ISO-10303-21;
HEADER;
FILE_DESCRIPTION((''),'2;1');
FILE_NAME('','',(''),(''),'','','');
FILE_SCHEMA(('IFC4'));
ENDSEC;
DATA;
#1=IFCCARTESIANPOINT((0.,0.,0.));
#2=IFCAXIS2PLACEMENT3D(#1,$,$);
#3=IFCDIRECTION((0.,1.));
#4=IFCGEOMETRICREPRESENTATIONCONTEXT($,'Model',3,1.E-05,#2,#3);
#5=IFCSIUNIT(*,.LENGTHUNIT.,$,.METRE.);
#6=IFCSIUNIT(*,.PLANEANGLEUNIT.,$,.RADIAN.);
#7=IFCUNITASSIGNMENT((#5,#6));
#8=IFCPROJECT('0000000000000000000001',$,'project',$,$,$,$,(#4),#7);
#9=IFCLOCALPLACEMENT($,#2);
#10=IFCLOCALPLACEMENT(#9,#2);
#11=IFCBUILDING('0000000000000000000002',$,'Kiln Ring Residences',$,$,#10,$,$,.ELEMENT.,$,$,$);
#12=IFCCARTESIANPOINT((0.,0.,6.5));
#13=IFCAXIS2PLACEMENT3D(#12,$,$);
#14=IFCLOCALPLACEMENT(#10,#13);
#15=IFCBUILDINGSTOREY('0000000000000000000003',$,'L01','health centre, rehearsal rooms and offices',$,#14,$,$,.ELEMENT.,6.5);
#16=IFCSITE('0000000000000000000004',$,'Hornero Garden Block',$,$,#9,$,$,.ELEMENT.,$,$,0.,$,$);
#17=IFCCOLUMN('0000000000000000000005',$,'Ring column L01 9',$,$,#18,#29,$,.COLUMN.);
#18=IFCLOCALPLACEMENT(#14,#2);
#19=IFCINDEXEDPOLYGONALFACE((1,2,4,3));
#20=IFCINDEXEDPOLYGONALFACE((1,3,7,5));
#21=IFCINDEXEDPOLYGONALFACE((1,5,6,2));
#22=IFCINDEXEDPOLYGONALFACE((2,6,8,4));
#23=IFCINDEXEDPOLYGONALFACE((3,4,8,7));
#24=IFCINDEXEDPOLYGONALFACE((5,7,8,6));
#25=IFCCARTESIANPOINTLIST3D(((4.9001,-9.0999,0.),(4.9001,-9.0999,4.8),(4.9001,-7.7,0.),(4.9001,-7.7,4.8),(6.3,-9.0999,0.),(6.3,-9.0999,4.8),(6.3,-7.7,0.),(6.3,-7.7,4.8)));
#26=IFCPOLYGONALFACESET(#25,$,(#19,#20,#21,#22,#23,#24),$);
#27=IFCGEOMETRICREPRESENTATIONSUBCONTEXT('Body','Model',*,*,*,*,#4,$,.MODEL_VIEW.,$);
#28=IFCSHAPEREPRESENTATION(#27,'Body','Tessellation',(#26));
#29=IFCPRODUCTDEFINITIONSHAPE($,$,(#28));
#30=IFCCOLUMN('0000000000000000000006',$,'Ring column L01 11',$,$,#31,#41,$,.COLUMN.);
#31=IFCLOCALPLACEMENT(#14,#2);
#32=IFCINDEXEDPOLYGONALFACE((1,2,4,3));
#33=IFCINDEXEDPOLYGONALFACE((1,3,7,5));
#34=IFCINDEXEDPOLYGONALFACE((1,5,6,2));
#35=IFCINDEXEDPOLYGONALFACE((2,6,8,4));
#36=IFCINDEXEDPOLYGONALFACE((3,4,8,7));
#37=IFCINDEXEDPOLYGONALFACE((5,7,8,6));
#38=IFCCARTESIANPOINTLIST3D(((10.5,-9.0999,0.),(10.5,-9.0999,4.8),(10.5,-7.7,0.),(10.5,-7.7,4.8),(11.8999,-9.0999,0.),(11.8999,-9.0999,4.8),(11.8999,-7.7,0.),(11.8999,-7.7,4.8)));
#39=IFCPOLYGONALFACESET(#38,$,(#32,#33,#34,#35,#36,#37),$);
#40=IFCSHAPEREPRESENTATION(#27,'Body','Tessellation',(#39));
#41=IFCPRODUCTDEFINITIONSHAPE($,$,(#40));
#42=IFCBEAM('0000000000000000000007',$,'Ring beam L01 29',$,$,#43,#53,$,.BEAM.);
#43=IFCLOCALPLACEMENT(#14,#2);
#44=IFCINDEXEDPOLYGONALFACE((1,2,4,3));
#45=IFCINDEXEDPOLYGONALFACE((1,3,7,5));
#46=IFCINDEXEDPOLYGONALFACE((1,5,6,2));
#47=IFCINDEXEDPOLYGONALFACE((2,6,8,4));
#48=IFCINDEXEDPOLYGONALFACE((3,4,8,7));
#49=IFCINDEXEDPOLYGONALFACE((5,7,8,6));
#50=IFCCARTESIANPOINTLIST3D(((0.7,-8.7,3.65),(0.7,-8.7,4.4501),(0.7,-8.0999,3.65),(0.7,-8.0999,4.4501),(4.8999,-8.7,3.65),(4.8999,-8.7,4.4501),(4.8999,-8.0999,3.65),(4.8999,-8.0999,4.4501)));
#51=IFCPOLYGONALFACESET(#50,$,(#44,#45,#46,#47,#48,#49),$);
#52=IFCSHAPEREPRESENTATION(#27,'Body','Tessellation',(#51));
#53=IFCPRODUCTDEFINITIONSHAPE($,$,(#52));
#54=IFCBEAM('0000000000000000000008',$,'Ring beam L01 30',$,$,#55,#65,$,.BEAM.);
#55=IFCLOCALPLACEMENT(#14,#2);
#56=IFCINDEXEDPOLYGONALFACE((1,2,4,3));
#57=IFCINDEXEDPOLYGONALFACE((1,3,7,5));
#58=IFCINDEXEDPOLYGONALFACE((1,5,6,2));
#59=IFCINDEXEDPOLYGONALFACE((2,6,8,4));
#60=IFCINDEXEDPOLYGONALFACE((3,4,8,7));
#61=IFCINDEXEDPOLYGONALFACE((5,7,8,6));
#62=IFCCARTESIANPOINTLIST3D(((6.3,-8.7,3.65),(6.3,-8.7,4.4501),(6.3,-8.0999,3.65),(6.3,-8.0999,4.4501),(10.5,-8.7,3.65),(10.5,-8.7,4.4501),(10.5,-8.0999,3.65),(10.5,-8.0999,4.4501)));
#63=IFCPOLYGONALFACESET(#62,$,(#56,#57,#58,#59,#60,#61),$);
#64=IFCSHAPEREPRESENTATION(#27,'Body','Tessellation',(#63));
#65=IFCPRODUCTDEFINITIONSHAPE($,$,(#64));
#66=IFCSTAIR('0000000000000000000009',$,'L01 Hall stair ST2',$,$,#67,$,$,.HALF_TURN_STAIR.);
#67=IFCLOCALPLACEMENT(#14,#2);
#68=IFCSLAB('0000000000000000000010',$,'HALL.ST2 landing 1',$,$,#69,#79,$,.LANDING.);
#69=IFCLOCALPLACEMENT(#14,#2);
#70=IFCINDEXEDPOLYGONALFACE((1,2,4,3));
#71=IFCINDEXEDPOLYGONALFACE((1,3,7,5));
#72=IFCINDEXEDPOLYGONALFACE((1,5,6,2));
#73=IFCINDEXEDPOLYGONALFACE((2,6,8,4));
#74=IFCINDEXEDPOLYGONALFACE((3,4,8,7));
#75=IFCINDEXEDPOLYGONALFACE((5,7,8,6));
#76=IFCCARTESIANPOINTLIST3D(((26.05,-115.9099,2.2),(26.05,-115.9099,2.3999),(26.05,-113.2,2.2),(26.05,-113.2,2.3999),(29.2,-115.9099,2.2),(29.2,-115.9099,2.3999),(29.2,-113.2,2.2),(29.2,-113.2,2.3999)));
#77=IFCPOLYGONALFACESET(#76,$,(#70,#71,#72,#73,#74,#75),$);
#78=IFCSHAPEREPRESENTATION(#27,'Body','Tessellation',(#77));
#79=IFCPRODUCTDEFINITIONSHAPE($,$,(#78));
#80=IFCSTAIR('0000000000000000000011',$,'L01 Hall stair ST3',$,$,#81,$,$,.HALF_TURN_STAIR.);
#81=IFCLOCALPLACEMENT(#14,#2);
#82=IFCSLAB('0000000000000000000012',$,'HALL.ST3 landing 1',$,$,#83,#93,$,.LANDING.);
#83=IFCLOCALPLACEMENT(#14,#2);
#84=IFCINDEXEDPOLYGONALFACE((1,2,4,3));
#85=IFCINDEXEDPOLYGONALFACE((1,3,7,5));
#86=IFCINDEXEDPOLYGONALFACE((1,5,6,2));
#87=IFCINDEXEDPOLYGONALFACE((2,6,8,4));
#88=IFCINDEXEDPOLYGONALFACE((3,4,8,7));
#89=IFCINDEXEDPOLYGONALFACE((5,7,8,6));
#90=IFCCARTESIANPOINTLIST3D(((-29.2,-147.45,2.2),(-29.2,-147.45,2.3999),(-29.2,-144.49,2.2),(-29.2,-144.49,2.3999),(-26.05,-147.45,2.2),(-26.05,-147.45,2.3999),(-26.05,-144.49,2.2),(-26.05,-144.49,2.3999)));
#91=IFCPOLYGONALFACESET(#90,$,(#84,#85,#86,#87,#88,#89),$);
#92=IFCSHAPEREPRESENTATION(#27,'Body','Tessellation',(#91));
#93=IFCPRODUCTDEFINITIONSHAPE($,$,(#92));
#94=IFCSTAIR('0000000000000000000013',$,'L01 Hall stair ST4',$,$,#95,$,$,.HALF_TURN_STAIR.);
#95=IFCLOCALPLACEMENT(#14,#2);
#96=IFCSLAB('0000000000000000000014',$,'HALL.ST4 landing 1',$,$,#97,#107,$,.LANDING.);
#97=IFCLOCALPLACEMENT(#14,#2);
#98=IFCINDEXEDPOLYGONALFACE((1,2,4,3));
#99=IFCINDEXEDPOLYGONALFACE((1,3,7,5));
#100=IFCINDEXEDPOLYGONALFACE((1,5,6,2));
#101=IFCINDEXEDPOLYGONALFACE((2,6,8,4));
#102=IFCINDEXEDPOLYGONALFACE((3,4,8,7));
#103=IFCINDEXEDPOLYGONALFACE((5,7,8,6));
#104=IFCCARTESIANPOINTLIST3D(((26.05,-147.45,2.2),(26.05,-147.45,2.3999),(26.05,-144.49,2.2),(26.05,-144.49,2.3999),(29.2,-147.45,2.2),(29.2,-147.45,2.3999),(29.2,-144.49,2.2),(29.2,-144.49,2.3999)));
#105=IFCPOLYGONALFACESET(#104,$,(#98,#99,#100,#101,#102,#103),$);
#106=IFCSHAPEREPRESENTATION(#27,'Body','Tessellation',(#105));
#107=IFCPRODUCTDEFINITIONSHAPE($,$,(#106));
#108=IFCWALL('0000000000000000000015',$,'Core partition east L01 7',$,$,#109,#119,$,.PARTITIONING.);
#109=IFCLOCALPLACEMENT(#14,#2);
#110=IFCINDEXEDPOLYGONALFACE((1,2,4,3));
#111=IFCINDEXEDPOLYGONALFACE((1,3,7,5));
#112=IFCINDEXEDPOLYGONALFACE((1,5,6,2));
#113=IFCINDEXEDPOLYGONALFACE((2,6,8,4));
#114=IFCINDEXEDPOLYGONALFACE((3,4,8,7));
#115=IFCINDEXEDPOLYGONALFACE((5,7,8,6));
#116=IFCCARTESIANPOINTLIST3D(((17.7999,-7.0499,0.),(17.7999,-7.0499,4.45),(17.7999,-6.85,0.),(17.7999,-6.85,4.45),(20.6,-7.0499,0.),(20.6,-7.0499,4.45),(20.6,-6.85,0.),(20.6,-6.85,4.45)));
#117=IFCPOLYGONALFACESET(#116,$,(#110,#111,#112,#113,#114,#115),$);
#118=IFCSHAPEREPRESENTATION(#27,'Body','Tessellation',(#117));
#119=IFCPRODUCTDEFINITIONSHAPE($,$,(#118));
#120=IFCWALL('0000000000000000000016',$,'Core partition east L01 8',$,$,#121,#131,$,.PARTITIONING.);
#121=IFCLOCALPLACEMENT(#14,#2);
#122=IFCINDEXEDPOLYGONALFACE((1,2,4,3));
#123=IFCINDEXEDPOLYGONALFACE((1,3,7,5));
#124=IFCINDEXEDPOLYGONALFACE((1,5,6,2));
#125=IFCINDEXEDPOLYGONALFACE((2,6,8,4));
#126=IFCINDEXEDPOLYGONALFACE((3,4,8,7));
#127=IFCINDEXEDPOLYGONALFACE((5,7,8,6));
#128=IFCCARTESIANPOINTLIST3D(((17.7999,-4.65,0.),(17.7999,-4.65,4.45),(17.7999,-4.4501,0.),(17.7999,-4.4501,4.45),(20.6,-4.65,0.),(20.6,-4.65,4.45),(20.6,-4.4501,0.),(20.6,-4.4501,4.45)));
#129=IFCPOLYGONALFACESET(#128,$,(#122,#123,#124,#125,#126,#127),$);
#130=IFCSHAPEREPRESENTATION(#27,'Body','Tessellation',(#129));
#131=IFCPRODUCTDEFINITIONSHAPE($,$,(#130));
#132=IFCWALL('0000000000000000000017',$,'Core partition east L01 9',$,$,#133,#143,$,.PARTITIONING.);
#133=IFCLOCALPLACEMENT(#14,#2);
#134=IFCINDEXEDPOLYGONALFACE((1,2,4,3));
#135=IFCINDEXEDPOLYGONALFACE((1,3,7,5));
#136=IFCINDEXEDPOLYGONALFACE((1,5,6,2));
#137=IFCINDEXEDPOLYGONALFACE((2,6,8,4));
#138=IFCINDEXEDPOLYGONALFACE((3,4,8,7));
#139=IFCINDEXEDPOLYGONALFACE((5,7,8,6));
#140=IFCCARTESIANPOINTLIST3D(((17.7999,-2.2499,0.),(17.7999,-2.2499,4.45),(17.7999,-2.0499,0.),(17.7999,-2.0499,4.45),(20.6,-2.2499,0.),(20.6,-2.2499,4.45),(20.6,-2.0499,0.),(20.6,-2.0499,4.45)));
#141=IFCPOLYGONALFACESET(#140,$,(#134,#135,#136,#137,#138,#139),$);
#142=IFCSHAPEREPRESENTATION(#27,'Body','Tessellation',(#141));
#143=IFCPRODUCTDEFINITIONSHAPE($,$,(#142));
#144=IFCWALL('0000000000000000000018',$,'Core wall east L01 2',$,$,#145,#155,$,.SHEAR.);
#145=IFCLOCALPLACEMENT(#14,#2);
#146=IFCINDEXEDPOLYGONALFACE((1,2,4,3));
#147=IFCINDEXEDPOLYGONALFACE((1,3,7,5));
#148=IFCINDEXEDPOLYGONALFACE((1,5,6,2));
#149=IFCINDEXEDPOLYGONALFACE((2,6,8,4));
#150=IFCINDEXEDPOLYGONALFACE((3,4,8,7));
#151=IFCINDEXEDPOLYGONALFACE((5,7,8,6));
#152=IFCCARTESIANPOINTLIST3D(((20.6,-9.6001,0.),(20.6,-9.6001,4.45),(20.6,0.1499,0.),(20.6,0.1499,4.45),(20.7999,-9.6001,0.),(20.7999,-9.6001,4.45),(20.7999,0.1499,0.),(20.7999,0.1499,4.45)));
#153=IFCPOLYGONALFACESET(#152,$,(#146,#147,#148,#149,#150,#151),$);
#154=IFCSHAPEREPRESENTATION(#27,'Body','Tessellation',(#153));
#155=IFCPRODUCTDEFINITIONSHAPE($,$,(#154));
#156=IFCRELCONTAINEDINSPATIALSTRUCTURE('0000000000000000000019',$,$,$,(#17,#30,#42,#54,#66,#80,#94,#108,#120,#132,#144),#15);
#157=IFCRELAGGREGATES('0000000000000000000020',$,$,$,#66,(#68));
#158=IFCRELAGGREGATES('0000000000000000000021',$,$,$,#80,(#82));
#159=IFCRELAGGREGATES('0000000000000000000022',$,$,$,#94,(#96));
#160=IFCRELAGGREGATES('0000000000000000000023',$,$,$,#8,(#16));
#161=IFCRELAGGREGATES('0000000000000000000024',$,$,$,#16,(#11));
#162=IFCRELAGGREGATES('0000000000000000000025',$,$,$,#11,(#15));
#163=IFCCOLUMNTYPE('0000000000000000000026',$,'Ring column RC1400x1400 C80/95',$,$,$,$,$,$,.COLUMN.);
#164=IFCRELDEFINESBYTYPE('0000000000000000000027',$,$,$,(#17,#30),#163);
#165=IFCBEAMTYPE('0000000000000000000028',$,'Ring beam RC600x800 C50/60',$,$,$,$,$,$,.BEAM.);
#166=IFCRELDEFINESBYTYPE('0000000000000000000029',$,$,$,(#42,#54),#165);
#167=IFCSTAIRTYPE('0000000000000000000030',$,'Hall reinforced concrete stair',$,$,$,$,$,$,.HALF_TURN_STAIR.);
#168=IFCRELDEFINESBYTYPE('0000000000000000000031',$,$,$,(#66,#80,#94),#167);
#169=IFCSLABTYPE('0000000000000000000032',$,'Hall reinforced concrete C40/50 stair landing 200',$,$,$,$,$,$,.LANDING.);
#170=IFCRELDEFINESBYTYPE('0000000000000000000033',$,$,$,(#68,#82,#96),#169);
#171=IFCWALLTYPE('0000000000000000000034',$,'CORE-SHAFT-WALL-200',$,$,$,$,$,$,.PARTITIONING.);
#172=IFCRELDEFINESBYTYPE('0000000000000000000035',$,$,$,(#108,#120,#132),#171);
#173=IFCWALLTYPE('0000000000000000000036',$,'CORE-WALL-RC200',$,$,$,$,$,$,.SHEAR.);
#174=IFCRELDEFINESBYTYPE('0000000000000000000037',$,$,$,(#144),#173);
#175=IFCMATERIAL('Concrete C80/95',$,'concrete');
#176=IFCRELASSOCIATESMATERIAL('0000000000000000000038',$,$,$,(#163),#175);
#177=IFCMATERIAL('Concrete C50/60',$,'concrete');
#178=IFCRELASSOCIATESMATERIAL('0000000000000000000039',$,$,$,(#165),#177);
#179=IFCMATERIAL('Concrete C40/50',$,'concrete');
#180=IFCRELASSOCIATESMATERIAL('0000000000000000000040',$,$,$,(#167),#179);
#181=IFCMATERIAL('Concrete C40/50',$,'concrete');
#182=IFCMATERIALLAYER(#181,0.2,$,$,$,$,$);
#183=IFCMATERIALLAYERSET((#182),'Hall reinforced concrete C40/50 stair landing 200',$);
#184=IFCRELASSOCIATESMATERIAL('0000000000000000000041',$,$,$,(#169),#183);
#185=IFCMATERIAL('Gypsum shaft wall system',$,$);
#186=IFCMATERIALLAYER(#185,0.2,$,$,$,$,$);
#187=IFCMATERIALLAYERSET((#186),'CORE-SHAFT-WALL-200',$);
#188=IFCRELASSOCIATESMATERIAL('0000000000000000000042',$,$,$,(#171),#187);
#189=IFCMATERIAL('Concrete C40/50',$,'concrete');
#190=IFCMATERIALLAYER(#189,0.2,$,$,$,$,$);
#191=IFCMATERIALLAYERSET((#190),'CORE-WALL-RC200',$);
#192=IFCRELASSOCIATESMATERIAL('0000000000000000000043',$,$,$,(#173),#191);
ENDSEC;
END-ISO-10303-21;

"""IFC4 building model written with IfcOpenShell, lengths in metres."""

from ifc_helpers import new_model, si_unit, direction, frame, frame_2d, origin, origin_2d, place, context, subcontext, project, spatial, polyline, rectangle, outline, extrude, material, layer, layer_set, material_profile, profile_set, type_object, element, aggregate, save


model = new_model("IFC4")

# Units and contexts
model_context = context("Model", 3, precision=1e-05, world=origin(), true_north=direction((0.0, 1.0)))
body_context = subcontext(model_context, "Body", "Model", "MODEL_VIEW")
ifc_project = project(units=[si_unit("LENGTHUNIT", "METRE"), si_unit("PLANEANGLEUNIT", "RADIAN")], contexts=[model_context])

# Site, building, storey
site_placement = place(None, origin())
site = spatial("IfcSite", under=ifc_project, at=site_placement, Name="Hornero Garden Block", CompositionType="ELEMENT", RefElevation=0.0)
building_placement = place(site_placement, origin())
building = spatial("IfcBuilding", under=site, at=building_placement, Name="Kiln Ring Residences", CompositionType="ELEMENT")
storey_placement = place(building_placement, frame((0.0, 0.0, 6.5)))
storey = spatial("IfcBuildingStorey", under=building, at=storey_placement, Name="L01", Description="health centre, rehearsal rooms and offices", CompositionType="ELEMENT", Elevation=6.5)

# Columns
ifc_material_1 = material(Name="Concrete C80/95", Category="concrete")
ifc_material_profile_1 = material_profile(ifc_material_1, rectangle(XDim=1.3999, YDim=1.3999, at=origin_2d()), Name="RC1400x1400")
ifc_profile_set_1 = profile_set([ifc_material_profile_1], Name="Concrete C80/95")
column_type = type_object("IfcColumnType", Name="Ring column RC1400x1400 C80/95", PredefinedType="COLUMN", material=ifc_profile_set_1)
for number, where, z_axis, x_axis, name in (
    (1, (5.6001, -8.3999, 0.0), (0.0, 0.0, 1.0), (1.0, 0.0, 0.0), "Ring column L01 9"),
    (2, (11.2, -8.3999, 0.0), (0.0, 0.0, 1.0), (1.0, 0.0, 0.0), "Ring column L01 11"),
):
    element("IfcColumn", number, at=place(storey_placement, frame(where, z_axis=z_axis, x_axis=x_axis)), inside=storey, type_object=column_type, Name=name, PredefinedType="COLUMN", context=body_context, shape_type="SweptSolid", body=[
        extrude(rectangle(XDim=1.3999, YDim=1.3999, at=origin_2d()), origin(), (0.0, 0.0, 1.0), 4.8),
    ])

# Beams
ifc_material_2 = material(Name="Concrete C50/60", Category="concrete")
ifc_material_profile_2 = material_profile(ifc_material_2, rectangle(XDim=0.6001, YDim=0.8, at=origin_2d()), Name="RC600x800")
ifc_profile_set_2 = profile_set([ifc_material_profile_2], Name="Concrete C50/60")
beam_type = type_object("IfcBeamType", Name="Ring beam RC600x800 C50/60", PredefinedType="BEAM", material=ifc_profile_set_2)
for number, where, z_axis, x_axis, name in (
    (3, (0.7, -8.3999, 4.05), (1.0, 0.0, 0.0), (0.0, 1.0, 0.0), "Ring beam L01 29"),
    (4, (6.3, -8.3999, 4.05), (1.0, 0.0, 0.0), (0.0, 1.0, 0.0), "Ring beam L01 30"),
):
    element("IfcBeam", number, at=place(storey_placement, frame(where, z_axis=z_axis, x_axis=x_axis)), inside=storey, type_object=beam_type, Name=name, PredefinedType="BEAM", context=body_context, shape_type="SweptSolid", body=[
        extrude(rectangle(XDim=0.6001, YDim=0.8, at=origin_2d()), origin(), (0.0, 0.0, 1.0), 4.2),
    ])

# Stairs, slabs
ifc_material_3 = material(Name="Concrete C40/50", Category="concrete")
stair_type_1 = type_object("IfcStairType", Name="Hall reinforced concrete stair", PredefinedType="HALF_TURN_STAIR", material=ifc_material_3)
placement_1 = place(storey_placement, origin())
stair_1 = element("IfcStair", 5, at=placement_1, inside=storey, type_object=stair_type_1, Name="L01 Hall stair ST2", PredefinedType="HALF_TURN_STAIR")
ifc_material_4 = material(Name="Concrete C40/50", Category="concrete")
ifc_layer_1 = layer(ifc_material_4, 0.2)
ifc_layer_set_1 = layer_set([ifc_layer_1], Name="Hall reinforced concrete C40/50 stair landing 200")
slab_type = type_object("IfcSlabType", Name="Hall reinforced concrete C40/50 stair landing 200", PredefinedType="LANDING", material=ifc_layer_set_1)
placement_2 = place(storey_placement, frame((0.0, 0.0, 2.2)))
slab_1 = element("IfcSlab", 6, at=placement_2, type_object=slab_type, Name="HALL.ST2 landing 1", PredefinedType="LANDING", context=body_context, shape_type="SweptSolid", body=[
    extrude(outline(polyline([(29.2, -115.9099), (29.2, -113.2), (26.05, -113.2), (26.05, -115.9099), (29.2, -115.9099)])), origin(), (0.0, 0.0, 1.0), 0.2),
])
aggregate(stair_1, [slab_1])
stair_2 = element("IfcStair", 7, at=placement_1, inside=storey, type_object=stair_type_1, Name="L01 Hall stair ST3", PredefinedType="HALF_TURN_STAIR")
slab_2 = element("IfcSlab", 8, at=placement_2, type_object=slab_type, Name="HALL.ST3 landing 1", PredefinedType="LANDING", context=body_context, shape_type="SweptSolid", body=[
    extrude(outline(polyline([(-29.2, -144.49), (-29.2, -147.45), (-26.05, -147.45), (-26.05, -144.49), (-29.2, -144.49)])), origin(), (0.0, 0.0, 1.0), 0.2),
])
aggregate(stair_2, [slab_2])
stair_3 = element("IfcStair", 9, at=placement_1, inside=storey, type_object=stair_type_1, Name="L01 Hall stair ST4", PredefinedType="HALF_TURN_STAIR")
slab_3 = element("IfcSlab", 10, at=placement_2, type_object=slab_type, Name="HALL.ST4 landing 1", PredefinedType="LANDING", context=body_context, shape_type="SweptSolid", body=[
    extrude(outline(polyline([(26.05, -144.49), (26.05, -147.45), (29.2, -147.45), (29.2, -144.49), (26.05, -144.49)])), origin(), (0.0, 0.0, 1.0), 0.2),
])
aggregate(stair_3, [slab_3])

# Walls
ifc_material_5 = material(Name="Gypsum shaft wall system")
ifc_layer_2 = layer(ifc_material_5, 0.2)
ifc_layer_set_2 = layer_set([ifc_layer_2], Name="CORE-SHAFT-WALL-200")
wall_type_1 = type_object("IfcWallType", Name="CORE-SHAFT-WALL-200", PredefinedType="PARTITIONING", material=ifc_layer_set_2)
for number, where, z_axis, x_axis, name in (
    (11, (17.8, -6.95, 0.0), (0.0, 0.0, 1.0), (1.0, 0.0, 0.0), "Core partition east L01 7"),
    (12, (17.8, -4.55, 0.0), (0.0, 0.0, 1.0), (1.0, 0.0, 0.0), "Core partition east L01 8"),
    (13, (17.8, -2.1499, 0.0), (0.0, 0.0, 1.0), (1.0, 0.0, 0.0), "Core partition east L01 9"),
):
    element("IfcWall", number, at=place(storey_placement, frame(where, z_axis=z_axis, x_axis=x_axis)), inside=storey, type_object=wall_type_1, Name=name, PredefinedType="PARTITIONING", context=body_context, shape_type="SweptSolid", body=[
        extrude(rectangle(XDim=2.8, YDim=0.2, at=frame_2d((1.3999, 0.0))), origin(), (0.0, 0.0, 1.0), 4.45),
    ])
ifc_material_6 = material(Name="Concrete C40/50", Category="concrete")
ifc_layer_3 = layer(ifc_material_6, 0.2)
ifc_layer_set_3 = layer_set([ifc_layer_3], Name="CORE-WALL-RC200")
wall_type_2 = type_object("IfcWallType", Name="CORE-WALL-RC200", PredefinedType="SHEAR", material=ifc_layer_set_3)
wall_1_placement = place(storey_placement, frame((20.7, -9.6001, 0.0), z_axis=(0.0, 0.0, 1.0), x_axis=(0.0, 1.0, 0.0)))
element("IfcWall", 14, at=wall_1_placement, inside=storey, type_object=wall_type_2, Name="Core wall east L01 2", PredefinedType="SHEAR", context=body_context, shape_type="SweptSolid", body=[
    extrude(rectangle(XDim=9.75, YDim=0.2, at=frame_2d((4.875, 0.0))), origin(), (0.0, 0.0, 1.0), 4.45),
])

save(model, "model.ifc")
